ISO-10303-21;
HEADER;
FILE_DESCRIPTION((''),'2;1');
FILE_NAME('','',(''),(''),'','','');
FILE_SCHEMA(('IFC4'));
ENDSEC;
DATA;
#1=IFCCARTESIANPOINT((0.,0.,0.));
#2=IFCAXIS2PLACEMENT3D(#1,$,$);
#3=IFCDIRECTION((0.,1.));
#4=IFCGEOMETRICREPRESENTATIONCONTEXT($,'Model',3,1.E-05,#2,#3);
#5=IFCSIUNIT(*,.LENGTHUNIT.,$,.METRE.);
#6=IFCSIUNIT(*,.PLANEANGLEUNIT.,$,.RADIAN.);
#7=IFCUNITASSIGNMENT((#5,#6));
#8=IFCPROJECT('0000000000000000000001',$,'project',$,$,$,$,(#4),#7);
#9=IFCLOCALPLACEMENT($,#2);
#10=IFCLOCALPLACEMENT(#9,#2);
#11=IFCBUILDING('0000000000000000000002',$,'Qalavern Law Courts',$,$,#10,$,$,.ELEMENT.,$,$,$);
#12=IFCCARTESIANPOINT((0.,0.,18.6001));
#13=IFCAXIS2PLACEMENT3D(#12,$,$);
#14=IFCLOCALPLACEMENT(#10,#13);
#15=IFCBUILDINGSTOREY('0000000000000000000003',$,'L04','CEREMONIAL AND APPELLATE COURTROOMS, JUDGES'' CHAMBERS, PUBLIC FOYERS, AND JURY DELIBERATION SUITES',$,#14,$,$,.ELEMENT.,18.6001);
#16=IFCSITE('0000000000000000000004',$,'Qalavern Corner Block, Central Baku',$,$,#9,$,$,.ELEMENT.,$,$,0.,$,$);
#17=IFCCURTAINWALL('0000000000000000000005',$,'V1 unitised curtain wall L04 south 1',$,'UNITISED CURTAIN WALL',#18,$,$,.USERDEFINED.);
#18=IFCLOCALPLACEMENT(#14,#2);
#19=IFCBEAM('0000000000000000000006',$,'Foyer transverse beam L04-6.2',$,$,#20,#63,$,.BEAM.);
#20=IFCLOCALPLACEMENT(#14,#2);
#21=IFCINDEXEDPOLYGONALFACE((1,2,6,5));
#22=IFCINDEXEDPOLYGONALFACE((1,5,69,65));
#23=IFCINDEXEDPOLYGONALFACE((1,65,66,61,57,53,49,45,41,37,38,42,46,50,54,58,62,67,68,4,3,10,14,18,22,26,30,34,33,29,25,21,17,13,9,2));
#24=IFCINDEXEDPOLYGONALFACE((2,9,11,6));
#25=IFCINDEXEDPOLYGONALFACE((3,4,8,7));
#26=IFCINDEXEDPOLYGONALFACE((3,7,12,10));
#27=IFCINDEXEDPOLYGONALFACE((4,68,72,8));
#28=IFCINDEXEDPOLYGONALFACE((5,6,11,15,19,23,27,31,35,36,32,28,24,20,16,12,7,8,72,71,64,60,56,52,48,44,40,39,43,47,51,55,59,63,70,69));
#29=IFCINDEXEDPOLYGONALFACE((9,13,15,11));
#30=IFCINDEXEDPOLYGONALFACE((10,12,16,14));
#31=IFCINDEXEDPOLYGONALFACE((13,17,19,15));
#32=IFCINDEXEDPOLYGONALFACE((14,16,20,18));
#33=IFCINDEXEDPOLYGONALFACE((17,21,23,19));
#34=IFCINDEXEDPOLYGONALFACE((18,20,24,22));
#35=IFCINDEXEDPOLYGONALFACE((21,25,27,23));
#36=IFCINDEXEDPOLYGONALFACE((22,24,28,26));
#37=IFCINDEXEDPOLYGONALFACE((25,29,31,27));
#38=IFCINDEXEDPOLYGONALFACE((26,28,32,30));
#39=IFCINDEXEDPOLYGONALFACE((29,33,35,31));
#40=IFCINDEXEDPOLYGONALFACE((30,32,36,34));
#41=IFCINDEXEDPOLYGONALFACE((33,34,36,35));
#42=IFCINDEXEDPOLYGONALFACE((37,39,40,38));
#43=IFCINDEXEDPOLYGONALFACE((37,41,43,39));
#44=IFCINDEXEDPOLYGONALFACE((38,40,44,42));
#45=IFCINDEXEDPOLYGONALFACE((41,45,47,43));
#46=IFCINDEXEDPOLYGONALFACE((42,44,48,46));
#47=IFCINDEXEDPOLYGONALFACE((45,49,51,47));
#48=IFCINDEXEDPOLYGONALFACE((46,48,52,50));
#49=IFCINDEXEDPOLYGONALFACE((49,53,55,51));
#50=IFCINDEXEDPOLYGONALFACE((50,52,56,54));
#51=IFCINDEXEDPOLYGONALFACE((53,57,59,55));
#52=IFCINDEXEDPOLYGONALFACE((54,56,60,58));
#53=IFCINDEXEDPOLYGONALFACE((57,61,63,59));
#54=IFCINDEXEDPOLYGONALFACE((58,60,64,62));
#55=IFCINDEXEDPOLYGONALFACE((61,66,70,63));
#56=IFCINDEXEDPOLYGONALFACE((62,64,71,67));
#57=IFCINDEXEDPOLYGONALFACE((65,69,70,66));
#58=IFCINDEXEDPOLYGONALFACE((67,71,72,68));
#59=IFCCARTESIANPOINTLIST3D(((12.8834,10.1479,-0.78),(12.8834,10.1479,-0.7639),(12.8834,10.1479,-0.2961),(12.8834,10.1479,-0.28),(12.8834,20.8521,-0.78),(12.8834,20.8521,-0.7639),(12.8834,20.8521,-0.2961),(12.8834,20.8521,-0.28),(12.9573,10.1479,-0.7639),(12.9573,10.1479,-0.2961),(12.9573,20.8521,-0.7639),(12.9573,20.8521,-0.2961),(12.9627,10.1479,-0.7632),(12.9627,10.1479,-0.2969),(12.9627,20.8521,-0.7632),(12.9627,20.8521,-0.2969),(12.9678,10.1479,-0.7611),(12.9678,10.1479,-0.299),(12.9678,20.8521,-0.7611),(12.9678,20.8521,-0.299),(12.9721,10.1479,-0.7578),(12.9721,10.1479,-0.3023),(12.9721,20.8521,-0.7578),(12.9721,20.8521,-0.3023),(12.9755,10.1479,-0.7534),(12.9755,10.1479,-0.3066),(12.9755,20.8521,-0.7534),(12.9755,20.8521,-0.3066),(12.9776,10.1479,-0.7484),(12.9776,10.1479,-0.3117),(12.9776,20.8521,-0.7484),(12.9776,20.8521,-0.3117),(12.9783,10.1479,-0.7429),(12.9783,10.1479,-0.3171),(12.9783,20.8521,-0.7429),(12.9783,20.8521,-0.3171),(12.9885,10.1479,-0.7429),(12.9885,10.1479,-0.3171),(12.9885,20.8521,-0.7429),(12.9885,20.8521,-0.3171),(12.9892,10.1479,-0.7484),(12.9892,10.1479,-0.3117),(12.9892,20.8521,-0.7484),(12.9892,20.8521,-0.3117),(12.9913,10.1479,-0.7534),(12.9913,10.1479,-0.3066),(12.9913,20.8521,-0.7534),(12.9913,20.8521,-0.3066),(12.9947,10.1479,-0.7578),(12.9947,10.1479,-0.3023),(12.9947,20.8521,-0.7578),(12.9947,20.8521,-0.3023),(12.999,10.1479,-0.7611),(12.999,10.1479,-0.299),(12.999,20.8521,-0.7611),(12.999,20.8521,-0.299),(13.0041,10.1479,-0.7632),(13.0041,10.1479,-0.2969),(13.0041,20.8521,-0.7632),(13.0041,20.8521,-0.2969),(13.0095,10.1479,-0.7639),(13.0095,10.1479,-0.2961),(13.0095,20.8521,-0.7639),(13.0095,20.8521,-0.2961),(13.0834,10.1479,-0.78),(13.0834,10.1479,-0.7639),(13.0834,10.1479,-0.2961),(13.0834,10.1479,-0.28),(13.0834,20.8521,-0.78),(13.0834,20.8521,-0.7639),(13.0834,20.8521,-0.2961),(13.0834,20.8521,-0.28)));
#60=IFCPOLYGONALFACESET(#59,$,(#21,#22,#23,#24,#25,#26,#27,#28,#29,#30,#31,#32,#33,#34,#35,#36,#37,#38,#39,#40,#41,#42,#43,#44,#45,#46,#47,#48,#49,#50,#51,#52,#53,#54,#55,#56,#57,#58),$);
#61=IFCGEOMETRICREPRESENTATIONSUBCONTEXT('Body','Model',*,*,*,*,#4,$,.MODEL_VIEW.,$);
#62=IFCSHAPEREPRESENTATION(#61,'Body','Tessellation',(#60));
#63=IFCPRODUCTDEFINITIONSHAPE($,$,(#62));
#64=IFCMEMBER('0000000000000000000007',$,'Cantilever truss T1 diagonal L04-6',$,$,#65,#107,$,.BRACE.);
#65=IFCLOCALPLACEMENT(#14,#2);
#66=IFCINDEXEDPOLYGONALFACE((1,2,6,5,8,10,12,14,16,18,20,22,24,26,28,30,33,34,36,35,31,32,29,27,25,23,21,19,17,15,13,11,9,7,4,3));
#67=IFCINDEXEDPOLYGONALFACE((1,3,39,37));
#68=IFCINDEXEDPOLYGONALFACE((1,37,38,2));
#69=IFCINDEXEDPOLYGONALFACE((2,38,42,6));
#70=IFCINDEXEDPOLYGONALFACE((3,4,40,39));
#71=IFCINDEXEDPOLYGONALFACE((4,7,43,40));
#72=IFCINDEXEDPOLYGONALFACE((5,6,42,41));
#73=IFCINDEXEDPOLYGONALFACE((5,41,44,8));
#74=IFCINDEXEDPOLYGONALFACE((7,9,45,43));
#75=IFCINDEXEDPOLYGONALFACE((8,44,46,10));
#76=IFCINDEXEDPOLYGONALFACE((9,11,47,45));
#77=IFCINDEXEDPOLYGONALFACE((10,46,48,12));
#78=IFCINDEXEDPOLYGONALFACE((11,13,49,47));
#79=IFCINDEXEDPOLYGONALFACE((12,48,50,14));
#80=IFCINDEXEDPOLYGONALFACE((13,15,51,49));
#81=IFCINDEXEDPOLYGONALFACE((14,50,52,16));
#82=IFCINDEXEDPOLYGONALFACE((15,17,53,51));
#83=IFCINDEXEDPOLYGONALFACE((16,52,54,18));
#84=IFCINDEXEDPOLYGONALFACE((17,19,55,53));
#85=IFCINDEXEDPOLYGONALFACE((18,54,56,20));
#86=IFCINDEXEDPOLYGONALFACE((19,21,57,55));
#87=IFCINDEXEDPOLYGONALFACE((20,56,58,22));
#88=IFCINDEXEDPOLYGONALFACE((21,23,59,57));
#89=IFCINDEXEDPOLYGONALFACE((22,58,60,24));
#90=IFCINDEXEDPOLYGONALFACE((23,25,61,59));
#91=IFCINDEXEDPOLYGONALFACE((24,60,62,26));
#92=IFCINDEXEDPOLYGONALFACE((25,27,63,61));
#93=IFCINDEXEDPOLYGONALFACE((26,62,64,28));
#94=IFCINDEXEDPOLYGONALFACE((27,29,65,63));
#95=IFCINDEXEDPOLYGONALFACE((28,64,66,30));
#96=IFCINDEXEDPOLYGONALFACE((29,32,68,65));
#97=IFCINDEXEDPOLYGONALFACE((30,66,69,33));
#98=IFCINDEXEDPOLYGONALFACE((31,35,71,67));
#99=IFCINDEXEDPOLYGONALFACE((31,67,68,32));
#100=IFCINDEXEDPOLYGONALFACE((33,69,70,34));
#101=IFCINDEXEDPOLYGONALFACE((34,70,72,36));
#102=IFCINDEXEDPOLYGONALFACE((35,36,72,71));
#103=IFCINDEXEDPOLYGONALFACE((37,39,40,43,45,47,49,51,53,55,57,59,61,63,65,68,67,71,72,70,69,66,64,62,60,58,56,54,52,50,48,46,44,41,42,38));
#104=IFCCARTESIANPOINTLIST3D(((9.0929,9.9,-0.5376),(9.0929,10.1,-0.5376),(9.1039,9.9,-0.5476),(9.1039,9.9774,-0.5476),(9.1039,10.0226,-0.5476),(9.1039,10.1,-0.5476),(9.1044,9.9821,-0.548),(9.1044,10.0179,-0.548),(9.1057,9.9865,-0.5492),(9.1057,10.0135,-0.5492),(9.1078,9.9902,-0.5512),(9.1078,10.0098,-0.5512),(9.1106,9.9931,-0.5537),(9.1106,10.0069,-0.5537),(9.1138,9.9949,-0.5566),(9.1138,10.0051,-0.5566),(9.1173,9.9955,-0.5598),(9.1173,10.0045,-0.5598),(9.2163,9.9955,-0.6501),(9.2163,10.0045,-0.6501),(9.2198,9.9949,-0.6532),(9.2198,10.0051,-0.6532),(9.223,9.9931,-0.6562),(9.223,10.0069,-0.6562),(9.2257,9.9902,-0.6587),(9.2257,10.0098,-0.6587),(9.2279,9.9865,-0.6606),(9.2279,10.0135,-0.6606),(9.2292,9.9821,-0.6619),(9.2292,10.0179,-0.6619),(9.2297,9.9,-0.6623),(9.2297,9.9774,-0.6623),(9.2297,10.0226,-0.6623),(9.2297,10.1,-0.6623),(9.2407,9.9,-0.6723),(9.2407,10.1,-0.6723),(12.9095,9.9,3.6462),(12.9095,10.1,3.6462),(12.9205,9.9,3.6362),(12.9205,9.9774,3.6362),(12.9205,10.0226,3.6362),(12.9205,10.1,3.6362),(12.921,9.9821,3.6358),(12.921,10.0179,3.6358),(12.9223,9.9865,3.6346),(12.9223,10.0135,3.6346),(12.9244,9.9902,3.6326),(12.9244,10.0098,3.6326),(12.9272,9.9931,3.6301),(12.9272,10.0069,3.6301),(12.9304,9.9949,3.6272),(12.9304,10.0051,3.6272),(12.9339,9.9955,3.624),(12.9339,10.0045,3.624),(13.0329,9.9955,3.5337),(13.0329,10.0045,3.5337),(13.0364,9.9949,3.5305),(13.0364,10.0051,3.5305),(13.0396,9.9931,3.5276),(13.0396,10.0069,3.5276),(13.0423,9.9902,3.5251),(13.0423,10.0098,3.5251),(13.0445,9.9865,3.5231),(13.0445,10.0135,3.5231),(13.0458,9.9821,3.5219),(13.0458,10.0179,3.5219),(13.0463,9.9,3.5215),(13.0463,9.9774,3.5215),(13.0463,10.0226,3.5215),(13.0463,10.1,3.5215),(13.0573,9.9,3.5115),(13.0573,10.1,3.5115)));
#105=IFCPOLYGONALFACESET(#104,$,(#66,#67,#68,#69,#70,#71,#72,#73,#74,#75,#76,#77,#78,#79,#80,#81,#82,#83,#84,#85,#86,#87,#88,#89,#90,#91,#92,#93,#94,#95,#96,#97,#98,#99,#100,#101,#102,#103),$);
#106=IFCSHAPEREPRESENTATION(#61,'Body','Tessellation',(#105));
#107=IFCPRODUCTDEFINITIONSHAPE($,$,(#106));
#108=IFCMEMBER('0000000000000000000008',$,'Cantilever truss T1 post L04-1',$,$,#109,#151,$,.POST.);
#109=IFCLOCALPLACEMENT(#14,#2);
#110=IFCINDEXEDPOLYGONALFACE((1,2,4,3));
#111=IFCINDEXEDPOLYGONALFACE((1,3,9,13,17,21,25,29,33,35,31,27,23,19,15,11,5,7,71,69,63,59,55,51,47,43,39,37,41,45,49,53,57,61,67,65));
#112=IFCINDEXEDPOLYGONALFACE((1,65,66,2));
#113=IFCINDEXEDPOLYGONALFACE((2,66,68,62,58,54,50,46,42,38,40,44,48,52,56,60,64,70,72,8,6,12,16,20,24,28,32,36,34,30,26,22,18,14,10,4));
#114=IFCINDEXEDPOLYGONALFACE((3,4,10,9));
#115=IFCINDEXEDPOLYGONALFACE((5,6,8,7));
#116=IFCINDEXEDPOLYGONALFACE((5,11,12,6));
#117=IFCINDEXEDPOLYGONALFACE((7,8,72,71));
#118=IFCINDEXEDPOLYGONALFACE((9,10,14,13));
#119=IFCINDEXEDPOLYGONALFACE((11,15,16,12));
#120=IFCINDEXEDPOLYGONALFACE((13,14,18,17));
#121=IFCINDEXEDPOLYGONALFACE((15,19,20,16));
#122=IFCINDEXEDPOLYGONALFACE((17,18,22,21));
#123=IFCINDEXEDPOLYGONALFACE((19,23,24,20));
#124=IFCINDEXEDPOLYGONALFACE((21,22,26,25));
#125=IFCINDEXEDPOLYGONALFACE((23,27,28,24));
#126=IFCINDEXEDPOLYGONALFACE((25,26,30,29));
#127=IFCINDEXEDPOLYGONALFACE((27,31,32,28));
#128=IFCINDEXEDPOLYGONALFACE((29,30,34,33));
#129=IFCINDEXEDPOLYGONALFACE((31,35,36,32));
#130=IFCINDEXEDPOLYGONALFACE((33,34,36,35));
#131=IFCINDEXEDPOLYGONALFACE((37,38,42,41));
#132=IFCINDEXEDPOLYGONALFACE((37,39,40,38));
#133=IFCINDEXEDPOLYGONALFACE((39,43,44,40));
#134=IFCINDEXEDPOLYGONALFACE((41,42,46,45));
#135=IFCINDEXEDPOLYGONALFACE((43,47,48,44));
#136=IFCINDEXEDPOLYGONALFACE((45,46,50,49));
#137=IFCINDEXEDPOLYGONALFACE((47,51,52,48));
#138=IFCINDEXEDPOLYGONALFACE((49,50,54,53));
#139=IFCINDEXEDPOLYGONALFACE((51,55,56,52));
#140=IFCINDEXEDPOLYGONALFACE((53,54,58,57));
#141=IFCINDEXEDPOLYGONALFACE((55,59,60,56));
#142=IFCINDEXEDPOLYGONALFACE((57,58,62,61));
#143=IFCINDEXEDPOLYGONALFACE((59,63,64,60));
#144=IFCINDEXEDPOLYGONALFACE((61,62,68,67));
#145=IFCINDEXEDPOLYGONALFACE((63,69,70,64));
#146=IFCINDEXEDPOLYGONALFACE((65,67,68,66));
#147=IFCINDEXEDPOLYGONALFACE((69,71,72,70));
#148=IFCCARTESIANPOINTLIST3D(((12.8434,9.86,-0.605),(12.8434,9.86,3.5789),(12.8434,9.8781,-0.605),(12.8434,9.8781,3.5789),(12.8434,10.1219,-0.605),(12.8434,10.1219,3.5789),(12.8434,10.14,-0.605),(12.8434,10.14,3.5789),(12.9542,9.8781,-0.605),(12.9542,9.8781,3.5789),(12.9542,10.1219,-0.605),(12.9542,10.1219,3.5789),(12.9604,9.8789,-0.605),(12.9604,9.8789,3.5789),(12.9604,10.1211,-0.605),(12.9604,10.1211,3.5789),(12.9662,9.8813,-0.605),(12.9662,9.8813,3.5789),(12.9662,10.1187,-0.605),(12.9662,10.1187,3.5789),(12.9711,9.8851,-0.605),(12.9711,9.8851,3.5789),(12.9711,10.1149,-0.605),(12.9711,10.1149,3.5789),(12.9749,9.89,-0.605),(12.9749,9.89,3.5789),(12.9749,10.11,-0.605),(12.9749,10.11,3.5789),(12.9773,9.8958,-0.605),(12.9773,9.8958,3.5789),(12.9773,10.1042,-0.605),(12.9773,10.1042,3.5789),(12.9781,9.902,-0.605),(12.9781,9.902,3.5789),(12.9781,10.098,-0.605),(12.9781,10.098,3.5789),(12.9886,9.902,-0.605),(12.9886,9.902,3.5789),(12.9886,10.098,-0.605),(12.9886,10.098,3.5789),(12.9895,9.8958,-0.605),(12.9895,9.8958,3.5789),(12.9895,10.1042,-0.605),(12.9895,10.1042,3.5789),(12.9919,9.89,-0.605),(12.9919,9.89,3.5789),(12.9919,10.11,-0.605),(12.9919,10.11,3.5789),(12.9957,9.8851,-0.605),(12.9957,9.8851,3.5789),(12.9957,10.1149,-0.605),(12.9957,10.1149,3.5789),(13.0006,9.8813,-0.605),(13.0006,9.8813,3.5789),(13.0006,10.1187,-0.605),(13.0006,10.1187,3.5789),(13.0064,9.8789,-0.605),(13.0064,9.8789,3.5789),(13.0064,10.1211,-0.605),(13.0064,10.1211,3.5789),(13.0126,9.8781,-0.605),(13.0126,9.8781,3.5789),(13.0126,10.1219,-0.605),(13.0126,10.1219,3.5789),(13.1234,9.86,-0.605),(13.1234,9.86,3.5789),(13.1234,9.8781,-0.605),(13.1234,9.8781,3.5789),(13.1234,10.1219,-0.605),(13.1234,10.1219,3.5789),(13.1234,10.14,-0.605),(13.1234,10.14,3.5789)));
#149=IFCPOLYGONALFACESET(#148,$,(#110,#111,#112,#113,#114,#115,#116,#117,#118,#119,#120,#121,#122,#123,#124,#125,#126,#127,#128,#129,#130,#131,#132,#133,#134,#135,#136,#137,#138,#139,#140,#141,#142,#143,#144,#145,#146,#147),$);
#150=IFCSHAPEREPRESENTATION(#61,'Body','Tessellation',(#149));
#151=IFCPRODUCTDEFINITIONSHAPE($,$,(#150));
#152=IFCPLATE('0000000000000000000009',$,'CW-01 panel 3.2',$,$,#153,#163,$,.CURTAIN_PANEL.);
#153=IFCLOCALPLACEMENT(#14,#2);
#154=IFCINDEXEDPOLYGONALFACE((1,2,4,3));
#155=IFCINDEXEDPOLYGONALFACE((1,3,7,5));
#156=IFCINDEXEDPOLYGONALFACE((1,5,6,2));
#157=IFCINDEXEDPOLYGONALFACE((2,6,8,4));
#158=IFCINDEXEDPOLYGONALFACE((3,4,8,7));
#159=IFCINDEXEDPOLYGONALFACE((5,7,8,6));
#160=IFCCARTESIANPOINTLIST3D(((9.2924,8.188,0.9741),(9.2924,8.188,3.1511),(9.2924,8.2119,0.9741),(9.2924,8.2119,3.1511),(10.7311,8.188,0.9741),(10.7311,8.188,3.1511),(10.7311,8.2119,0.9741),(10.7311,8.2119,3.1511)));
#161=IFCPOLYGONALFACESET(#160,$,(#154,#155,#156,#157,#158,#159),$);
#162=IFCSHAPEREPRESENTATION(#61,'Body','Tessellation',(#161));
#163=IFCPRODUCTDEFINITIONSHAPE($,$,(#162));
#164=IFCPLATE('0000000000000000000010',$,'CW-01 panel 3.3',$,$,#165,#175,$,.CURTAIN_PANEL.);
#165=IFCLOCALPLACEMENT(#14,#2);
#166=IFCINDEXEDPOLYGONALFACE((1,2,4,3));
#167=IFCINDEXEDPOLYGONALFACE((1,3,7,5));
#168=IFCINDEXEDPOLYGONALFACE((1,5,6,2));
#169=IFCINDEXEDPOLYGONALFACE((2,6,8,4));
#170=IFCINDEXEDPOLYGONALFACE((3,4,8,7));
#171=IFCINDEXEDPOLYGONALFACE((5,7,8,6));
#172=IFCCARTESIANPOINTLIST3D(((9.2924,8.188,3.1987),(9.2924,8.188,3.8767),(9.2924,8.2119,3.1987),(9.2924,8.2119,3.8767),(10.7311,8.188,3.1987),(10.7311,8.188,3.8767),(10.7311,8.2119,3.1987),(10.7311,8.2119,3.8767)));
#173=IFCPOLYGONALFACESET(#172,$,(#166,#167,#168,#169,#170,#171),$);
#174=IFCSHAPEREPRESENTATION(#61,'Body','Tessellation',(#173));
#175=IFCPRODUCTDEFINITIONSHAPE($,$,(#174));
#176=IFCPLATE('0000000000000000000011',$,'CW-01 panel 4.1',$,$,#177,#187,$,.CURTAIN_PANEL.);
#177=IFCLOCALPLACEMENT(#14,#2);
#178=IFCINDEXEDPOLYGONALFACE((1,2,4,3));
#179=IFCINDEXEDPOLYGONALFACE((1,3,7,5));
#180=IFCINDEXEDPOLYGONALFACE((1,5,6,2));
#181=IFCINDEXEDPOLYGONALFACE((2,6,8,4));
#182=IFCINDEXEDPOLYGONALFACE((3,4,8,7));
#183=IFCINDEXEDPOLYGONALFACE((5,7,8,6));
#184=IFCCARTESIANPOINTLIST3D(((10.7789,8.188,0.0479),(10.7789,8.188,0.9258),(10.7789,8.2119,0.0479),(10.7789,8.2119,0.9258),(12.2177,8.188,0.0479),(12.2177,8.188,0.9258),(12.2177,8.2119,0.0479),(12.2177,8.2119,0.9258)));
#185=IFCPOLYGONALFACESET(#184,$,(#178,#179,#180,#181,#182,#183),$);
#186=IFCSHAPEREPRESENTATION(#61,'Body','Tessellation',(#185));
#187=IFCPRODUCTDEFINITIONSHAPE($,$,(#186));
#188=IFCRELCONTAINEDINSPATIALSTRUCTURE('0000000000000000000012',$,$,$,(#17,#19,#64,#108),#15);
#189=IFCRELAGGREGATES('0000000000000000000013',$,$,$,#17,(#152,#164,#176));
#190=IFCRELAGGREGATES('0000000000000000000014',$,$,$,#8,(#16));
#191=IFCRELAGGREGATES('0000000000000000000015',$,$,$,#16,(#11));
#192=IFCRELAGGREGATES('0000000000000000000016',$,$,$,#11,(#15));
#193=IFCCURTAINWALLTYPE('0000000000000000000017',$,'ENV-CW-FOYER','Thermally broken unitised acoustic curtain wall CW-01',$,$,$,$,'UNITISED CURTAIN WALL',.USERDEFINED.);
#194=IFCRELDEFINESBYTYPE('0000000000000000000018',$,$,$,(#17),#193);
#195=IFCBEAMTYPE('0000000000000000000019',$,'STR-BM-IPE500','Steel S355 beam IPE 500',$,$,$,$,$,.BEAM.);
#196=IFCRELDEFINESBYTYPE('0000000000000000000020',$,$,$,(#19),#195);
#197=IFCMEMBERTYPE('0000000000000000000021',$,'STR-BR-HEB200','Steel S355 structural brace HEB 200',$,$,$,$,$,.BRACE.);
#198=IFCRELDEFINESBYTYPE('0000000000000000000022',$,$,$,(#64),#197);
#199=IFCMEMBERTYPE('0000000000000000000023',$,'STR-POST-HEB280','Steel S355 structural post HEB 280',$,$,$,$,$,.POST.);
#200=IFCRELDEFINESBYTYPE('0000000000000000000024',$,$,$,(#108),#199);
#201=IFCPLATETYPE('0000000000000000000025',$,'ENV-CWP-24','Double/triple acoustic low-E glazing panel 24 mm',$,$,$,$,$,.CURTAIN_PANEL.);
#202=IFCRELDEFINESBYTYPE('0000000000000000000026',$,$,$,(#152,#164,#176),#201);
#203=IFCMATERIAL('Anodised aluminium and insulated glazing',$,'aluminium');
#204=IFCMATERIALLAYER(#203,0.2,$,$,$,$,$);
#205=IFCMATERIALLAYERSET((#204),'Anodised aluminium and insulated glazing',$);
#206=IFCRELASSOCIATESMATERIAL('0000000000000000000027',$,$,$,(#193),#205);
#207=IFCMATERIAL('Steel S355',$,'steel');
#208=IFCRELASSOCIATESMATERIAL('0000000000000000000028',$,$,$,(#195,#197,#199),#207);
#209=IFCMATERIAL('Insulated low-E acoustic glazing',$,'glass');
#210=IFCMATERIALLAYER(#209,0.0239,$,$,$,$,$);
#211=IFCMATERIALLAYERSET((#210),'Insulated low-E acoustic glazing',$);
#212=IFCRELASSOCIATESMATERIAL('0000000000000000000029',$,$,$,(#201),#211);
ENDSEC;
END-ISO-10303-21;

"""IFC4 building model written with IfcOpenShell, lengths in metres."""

from ifc_helpers import new_model, si_unit, direction, frame, origin, origin_2d, place, context, subcontext, project, spatial, rectangle, i_section, extrude, material, layer, layer_set, material_profile, profile_set, type_object, element, aggregate, save


model = new_model("IFC4")

# Units and contexts
model_context = context("Model", 3, precision=1e-05, world=origin(), true_north=direction((0.0, 1.0)))
body_context = subcontext(model_context, "Body", "Model", "MODEL_VIEW")
ifc_project = project(units=[si_unit("LENGTHUNIT", "METRE"), si_unit("PLANEANGLEUNIT", "RADIAN")], contexts=[model_context])

# Site, building, storey
site_placement = place(None, origin())
site = spatial("IfcSite", under=ifc_project, at=site_placement, Name="Qalavern Corner Block, Central Baku", CompositionType="ELEMENT", RefElevation=0.0)
building_placement = place(site_placement, origin())
building = spatial("IfcBuilding", under=site, at=building_placement, Name="Qalavern Law Courts", CompositionType="ELEMENT")
storey_placement = place(building_placement, frame((0.0, 0.0, 18.6001)))
storey = spatial("IfcBuildingStorey", under=building, at=storey_placement, Name="L04", Description="CEREMONIAL AND APPELLATE COURTROOMS, JUDGES' CHAMBERS, PUBLIC FOYERS, AND JURY DELIBERATION SUITES", CompositionType="ELEMENT", Elevation=18.6001)

# Curtain wall
ifc_material_1 = material(Name="Anodised aluminium and insulated glazing", Category="aluminium")
ifc_layer_1 = layer(ifc_material_1, 0.2)
ifc_layer_set_1 = layer_set([ifc_layer_1], Name="Anodised aluminium and insulated glazing")
curtain_wall_type = type_object("IfcCurtainWallType", Name="ENV-CW-FOYER", Description="Thermally broken unitised acoustic curtain wall CW-01", ElementType="UNITISED CURTAIN WALL", PredefinedType="USERDEFINED", material=ifc_layer_set_1)
curtain_wall_placement = place(storey_placement, origin())
curtain_wall = element("IfcCurtainWall", 1, at=curtain_wall_placement, inside=storey, type_object=curtain_wall_type, Name="V1 unitised curtain wall L04 south 1", ObjectType="UNITISED CURTAIN WALL", PredefinedType="USERDEFINED")

# Beam
ifc_material_2 = material(Name="Steel S355", Category="steel")
ifc_material_profile_1 = material_profile(ifc_material_2, i_section(OverallWidth=0.2, OverallDepth=0.5, WebThickness=0.0103, FlangeThickness=0.0161, FilletRadius=0.021, at=origin_2d()), Name="IPE 500")
ifc_profile_set_1 = profile_set([ifc_material_profile_1], Name="Steel S355")
beam_type = type_object("IfcBeamType", Name="STR-BM-IPE500", Description="Steel S355 beam IPE 500", PredefinedType="BEAM", material=ifc_profile_set_1)
beam_1_placement = place(storey_placement, frame((12.9834, 10.1479, -0.53), z_axis=(0.0, 1.0, 0.0), x_axis=(-1.0, 0.0, 0.0)))
element("IfcBeam", 2, at=beam_1_placement, inside=storey, type_object=beam_type, Name="Foyer transverse beam L04-6.2", PredefinedType="BEAM", context=body_context, shape_type="SweptSolid", body=[
    extrude(i_section(OverallWidth=0.2, OverallDepth=0.5, WebThickness=0.0103, FlangeThickness=0.0161, FilletRadius=0.021, at=origin_2d()), origin(), (0.0, 0.0, 1.0), 10.7041),
])

# Members
ifc_material_profile_2 = material_profile(ifc_material_2, i_section(OverallWidth=0.2, OverallDepth=0.2, WebThickness=0.009, FlangeThickness=0.0149, FilletRadius=0.0181, at=origin_2d()), Name="HEB 200")
ifc_profile_set_2 = profile_set([ifc_material_profile_2], Name="Steel S355")
member_type_1 = type_object("IfcMemberType", Name="STR-BR-HEB200", Description="Steel S355 structural brace HEB 200", PredefinedType="BRACE", material=ifc_profile_set_2)
member_1_placement = place(storey_placement, frame((12.9834, 10.0, 3.5789), z_axis=(-0.673944, 0.0, -0.738782), x_axis=(0.0, -1.0, 0.0)))
element("IfcMember", 3, at=member_1_placement, inside=storey, type_object=member_type_1, Name="Cantilever truss T1 diagonal L04-6", PredefinedType="BRACE", context=body_context, shape_type="SweptSolid", body=[
    extrude(i_section(OverallWidth=0.2, OverallDepth=0.2, WebThickness=0.009, FlangeThickness=0.0149, FilletRadius=0.0181, at=origin_2d()), origin(), (0.0, 0.0, 1.0), 5.6631),
])
ifc_material_profile_3 = material_profile(ifc_material_2, i_section(OverallWidth=0.28, OverallDepth=0.28, WebThickness=0.0105, FlangeThickness=0.0181, FilletRadius=0.0239, at=origin_2d()), Name="HEB 280")
ifc_profile_set_3 = profile_set([ifc_material_profile_3], Name="Steel S355")
member_type_2 = type_object("IfcMemberType", Name="STR-POST-HEB280", Description="Steel S355 structural post HEB 280", PredefinedType="POST", material=ifc_profile_set_3)
member_2_placement = place(storey_placement, frame((12.9834, 10.0, -0.605), z_axis=(0.0, 0.0, 1.0), x_axis=(1.0, 0.0, 0.0)))
element("IfcMember", 4, at=member_2_placement, inside=storey, type_object=member_type_2, Name="Cantilever truss T1 post L04-1", PredefinedType="POST", context=body_context, shape_type="SweptSolid", body=[
    extrude(i_section(OverallWidth=0.28, OverallDepth=0.28, WebThickness=0.0105, FlangeThickness=0.0181, FilletRadius=0.0239, at=origin_2d()), origin(), (0.0, 0.0, 1.0), 4.1838),
])

# Plates
ifc_material_3 = material(Name="Insulated low-E acoustic glazing", Category="glass")
ifc_layer_2 = layer(ifc_material_3, 0.0239)
ifc_layer_set_2 = layer_set([ifc_layer_2], Name="Insulated low-E acoustic glazing")
plate_type_1 = type_object("IfcPlateType", Name="ENV-CWP-24", Description="Double/triple acoustic low-E glazing panel 24 mm", PredefinedType="CURTAIN_PANEL", material=ifc_layer_set_2)
plate_1_placement = place(storey_placement, frame((10.0117, 8.2, 0.9741), z_axis=(0.0, 0.0, 1.0), x_axis=(1.0, 0.0, 0.0)))
plate_1 = element("IfcPlate", 5, at=plate_1_placement, type_object=plate_type_1, Name="CW-01 panel 3.2", PredefinedType="CURTAIN_PANEL", context=body_context, shape_type="SweptSolid", body=[
    extrude(rectangle(XDim=1.4387, YDim=0.0239, at=origin_2d()), origin(), (0.0, 0.0, 1.0), 2.177),
])
plate_2_placement = place(storey_placement, frame((10.0117, 8.2, 3.1987), z_axis=(0.0, 0.0, 1.0), x_axis=(1.0, 0.0, 0.0)))
plate_2 = element("IfcPlate", 6, at=plate_2_placement, type_object=plate_type_1, Name="CW-01 panel 3.3", PredefinedType="CURTAIN_PANEL", context=body_context, shape_type="SweptSolid", body=[
    extrude(rectangle(XDim=1.4387, YDim=0.0239, at=origin_2d()), origin(), (0.0, 0.0, 1.0), 0.678),
])
plate_3_placement = place(storey_placement, frame((11.4983, 8.2, 0.0479), z_axis=(0.0, 0.0, 1.0), x_axis=(1.0, 0.0, 0.0)))
plate_3 = element("IfcPlate", 7, at=plate_3_placement, type_object=plate_type_1, Name="CW-01 panel 4.1", PredefinedType="CURTAIN_PANEL", context=body_context, shape_type="SweptSolid", body=[
    extrude(rectangle(XDim=1.4387, YDim=0.0239, at=origin_2d()), origin(), (0.0, 0.0, 1.0), 0.8779),
])
aggregate(curtain_wall, [plate_1, plate_2, plate_3])

save(model, "model.ifc")
